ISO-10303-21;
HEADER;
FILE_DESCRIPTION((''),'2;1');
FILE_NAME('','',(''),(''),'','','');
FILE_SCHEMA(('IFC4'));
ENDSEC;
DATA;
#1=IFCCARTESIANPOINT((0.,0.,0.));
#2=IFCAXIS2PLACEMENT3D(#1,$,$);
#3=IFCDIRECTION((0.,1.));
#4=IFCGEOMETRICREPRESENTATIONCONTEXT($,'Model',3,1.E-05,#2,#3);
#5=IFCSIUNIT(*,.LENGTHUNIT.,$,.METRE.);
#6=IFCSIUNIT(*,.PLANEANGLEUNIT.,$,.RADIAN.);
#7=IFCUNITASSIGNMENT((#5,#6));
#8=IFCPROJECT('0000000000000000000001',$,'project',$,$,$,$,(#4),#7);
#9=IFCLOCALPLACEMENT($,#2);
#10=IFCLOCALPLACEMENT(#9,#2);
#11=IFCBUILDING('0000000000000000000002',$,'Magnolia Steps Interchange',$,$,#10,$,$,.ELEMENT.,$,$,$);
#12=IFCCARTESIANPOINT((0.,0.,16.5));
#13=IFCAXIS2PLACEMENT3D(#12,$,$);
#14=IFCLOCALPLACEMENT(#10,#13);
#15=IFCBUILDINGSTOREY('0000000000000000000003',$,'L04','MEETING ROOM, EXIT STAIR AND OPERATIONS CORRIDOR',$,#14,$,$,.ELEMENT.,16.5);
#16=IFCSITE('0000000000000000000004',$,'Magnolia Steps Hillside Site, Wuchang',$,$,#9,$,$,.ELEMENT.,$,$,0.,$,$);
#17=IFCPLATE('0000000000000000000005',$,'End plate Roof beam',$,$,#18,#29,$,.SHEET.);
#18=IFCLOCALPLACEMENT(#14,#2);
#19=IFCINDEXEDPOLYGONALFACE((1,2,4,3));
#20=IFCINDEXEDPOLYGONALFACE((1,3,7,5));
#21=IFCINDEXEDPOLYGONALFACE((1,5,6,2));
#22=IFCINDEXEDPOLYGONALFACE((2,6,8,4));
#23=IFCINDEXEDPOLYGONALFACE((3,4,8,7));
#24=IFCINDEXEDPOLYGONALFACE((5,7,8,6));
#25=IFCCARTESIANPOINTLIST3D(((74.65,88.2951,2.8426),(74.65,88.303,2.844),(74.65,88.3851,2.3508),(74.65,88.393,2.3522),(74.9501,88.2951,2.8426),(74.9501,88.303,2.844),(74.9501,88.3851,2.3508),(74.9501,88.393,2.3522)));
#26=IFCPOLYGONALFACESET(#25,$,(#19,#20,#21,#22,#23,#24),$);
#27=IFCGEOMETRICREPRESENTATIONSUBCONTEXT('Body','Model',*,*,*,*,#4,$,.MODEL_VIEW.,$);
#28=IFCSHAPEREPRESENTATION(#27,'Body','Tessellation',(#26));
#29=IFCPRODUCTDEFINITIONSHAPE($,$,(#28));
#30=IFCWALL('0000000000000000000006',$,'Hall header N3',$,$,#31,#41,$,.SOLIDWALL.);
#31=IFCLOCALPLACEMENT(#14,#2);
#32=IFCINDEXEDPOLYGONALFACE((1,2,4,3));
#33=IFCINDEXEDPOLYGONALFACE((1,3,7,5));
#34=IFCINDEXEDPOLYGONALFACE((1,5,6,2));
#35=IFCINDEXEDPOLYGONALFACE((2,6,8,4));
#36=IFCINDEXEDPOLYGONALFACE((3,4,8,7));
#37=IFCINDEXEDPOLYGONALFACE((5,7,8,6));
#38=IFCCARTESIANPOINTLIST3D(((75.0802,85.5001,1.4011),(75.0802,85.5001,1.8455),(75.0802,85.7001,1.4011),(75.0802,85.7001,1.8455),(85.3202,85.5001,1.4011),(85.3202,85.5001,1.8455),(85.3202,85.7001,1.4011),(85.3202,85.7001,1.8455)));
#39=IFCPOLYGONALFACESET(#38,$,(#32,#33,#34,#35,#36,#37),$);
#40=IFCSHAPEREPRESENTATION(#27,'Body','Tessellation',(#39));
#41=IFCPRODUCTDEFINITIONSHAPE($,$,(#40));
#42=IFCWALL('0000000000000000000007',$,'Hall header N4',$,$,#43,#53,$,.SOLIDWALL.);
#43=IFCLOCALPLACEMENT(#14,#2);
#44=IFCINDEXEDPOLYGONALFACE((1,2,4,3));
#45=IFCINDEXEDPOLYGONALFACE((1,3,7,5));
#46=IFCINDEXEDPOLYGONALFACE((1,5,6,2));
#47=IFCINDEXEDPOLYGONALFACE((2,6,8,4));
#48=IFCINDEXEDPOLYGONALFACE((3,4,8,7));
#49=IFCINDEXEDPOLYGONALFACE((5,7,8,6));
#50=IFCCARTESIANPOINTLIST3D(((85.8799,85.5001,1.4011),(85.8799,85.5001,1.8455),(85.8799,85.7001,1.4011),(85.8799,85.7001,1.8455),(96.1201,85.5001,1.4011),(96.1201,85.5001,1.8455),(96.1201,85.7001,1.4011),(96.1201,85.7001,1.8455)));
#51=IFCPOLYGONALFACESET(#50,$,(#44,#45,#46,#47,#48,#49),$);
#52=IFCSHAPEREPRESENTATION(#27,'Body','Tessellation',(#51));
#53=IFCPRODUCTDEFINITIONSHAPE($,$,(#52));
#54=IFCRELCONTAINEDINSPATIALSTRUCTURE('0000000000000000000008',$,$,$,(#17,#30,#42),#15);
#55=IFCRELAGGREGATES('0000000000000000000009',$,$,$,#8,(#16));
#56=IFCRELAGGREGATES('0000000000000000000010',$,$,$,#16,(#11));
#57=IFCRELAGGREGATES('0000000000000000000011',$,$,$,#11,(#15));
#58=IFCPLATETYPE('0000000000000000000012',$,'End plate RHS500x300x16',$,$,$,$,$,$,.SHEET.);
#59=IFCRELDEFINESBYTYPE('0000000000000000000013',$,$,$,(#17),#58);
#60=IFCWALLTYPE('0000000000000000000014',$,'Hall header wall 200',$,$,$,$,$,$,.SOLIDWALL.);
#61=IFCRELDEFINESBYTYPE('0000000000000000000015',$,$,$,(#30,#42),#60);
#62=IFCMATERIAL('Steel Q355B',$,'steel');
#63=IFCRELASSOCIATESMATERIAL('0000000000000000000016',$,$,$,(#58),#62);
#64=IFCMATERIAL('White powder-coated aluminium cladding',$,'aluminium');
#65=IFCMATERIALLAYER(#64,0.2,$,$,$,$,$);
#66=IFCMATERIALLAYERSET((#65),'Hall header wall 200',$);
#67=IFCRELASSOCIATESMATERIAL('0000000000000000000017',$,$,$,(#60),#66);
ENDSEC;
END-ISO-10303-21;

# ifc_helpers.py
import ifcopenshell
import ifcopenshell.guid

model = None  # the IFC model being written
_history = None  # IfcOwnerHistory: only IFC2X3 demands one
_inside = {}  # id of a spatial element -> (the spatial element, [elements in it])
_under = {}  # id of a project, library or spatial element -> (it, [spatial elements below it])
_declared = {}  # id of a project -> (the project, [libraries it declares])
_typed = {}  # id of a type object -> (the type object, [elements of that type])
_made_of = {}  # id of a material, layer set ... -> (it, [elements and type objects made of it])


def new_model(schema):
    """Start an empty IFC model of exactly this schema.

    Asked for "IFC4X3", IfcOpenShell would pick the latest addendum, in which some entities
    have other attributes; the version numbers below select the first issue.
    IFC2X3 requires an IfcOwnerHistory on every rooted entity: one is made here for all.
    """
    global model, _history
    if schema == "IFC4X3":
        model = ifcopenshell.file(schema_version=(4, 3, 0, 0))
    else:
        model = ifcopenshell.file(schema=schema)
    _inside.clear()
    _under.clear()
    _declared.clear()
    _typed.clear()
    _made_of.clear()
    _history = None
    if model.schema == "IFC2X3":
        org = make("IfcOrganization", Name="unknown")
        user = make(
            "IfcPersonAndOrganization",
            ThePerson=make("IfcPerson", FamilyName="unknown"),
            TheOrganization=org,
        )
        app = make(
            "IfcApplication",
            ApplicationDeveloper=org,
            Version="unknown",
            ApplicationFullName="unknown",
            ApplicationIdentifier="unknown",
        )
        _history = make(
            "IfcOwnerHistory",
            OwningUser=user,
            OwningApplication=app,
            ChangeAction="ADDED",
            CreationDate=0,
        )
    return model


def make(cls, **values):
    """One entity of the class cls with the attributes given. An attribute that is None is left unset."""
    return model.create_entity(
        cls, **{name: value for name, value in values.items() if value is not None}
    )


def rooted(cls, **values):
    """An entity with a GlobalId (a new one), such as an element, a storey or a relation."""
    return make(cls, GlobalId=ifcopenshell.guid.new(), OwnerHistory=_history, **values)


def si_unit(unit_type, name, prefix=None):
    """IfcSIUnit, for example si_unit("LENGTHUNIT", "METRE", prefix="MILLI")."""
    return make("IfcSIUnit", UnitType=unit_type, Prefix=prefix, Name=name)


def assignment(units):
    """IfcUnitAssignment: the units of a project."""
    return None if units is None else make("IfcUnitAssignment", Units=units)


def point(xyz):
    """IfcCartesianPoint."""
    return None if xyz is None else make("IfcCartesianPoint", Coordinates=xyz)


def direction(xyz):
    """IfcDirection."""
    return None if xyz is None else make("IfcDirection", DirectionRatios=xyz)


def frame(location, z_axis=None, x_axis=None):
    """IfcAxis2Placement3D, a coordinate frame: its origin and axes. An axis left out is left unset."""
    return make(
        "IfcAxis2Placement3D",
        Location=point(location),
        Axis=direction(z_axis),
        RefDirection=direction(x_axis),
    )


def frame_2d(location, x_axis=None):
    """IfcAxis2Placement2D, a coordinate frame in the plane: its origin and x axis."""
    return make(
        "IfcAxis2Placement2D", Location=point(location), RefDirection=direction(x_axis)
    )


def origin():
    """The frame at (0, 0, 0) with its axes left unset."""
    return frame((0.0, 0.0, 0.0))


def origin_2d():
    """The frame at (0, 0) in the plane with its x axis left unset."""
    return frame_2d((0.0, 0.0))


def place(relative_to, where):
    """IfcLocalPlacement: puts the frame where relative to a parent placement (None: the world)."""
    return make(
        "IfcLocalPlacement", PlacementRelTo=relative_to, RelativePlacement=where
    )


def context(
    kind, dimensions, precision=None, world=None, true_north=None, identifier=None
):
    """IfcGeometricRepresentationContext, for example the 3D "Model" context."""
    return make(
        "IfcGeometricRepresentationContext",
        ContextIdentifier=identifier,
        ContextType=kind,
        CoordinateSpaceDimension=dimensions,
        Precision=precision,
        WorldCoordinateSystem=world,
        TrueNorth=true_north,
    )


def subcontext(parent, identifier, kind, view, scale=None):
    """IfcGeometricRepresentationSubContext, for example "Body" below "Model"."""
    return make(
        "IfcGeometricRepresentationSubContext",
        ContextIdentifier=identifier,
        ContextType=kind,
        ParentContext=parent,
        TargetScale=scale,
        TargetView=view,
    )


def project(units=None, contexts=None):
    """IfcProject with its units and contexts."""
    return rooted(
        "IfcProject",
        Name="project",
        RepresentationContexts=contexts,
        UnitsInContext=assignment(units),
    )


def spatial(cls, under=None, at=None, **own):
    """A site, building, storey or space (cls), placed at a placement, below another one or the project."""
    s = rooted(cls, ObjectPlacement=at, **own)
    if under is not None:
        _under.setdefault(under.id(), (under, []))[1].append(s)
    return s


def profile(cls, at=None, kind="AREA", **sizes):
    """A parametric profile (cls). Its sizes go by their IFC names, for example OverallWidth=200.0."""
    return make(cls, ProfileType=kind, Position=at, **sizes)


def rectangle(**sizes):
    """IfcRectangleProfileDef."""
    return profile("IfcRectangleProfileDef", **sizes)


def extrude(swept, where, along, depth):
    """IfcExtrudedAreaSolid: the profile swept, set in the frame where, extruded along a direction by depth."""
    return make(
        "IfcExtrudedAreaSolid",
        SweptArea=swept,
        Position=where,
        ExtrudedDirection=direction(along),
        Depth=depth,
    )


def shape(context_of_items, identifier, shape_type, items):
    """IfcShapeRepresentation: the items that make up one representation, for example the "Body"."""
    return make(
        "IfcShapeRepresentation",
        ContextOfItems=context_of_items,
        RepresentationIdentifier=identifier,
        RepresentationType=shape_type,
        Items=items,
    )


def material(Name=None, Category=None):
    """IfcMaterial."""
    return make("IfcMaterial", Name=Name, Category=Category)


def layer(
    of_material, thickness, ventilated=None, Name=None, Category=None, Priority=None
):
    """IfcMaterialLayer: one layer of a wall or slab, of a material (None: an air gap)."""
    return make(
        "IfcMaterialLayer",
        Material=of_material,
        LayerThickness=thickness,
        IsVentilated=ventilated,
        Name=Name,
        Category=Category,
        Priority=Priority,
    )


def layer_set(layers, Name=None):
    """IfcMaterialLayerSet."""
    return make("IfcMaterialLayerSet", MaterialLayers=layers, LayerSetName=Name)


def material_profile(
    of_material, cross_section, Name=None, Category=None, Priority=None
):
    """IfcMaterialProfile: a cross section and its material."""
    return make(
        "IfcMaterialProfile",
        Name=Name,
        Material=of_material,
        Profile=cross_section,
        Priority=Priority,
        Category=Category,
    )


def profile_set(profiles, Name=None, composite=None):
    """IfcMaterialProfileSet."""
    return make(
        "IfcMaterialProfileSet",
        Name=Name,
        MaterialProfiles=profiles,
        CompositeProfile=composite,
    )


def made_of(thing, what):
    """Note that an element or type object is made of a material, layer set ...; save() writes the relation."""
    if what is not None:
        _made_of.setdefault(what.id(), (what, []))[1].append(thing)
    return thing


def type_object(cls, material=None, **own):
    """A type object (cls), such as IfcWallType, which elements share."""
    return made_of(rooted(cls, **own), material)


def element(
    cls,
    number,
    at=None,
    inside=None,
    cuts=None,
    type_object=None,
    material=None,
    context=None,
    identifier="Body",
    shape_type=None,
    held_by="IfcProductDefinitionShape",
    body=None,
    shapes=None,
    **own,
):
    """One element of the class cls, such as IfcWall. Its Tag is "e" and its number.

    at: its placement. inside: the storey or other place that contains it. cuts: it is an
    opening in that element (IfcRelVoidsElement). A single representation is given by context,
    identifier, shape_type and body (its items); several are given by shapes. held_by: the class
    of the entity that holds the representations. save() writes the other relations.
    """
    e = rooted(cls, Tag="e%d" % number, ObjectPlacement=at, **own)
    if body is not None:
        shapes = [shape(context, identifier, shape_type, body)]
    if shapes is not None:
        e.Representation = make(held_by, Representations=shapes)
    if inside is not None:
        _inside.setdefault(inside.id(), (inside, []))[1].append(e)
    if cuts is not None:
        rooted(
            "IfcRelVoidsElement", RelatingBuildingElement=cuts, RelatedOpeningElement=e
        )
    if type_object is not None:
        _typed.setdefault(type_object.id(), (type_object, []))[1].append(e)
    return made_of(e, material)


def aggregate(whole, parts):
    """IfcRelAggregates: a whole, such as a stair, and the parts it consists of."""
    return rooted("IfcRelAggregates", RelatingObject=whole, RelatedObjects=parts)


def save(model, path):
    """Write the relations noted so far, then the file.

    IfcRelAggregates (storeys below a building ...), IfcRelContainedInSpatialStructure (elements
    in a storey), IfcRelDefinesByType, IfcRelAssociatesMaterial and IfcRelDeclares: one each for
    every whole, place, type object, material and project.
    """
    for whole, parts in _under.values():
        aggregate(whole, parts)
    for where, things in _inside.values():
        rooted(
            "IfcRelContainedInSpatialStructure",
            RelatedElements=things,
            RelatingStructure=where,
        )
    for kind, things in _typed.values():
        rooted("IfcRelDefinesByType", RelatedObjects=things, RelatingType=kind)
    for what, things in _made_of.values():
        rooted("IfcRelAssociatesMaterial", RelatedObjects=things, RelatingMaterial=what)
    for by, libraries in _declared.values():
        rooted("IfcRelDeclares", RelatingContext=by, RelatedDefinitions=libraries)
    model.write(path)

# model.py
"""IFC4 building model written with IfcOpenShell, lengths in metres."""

from ifc_helpers import new_model, si_unit, direction, frame, frame_2d, origin, origin_2d, place, context, subcontext, project, spatial, rectangle, extrude, material, layer, layer_set, material_profile, profile_set, type_object, element, save


model = new_model("IFC4")

# Units and contexts
model_context = context("Model", 3, precision=1e-05, world=origin(), true_north=direction((0.0, 1.0)))
body_context = subcontext(model_context, "Body", "Model", "MODEL_VIEW")
ifc_project = project(units=[si_unit("LENGTHUNIT", "METRE"), si_unit("PLANEANGLEUNIT", "RADIAN")], contexts=[model_context])

# Site, building, storey
site_placement = place(None, origin())
site = spatial("IfcSite", under=ifc_project, at=site_placement, Name="Magnolia Steps Hillside Site, Wuchang", CompositionType="ELEMENT", RefElevation=0.0)
building_placement = place(site_placement, origin())
building = spatial("IfcBuilding", under=site, at=building_placement, Name="Magnolia Steps Interchange", CompositionType="ELEMENT")
storey_placement = place(building_placement, frame((0.0, 0.0, 16.5)))
storey = spatial("IfcBuildingStorey", under=building, at=storey_placement, Name="L04", Description="MEETING ROOM, EXIT STAIR AND OPERATIONS CORRIDOR", CompositionType="ELEMENT", Elevation=16.5)

# Plate
ifc_material_1 = material(Name="Steel Q355B", Category="steel")
ifc_material_profile_1 = material_profile(ifc_material_1, rectangle(XDim=0.3, YDim=0.5, at=origin_2d()), Name="End plate RHS500x300x16")
ifc_profile_set_1 = profile_set([ifc_material_profile_1], Name="Steel Q355B")
plate_type_1 = type_object("IfcPlateType", Name="End plate RHS500x300x16", PredefinedType="SHEET", material=ifc_profile_set_1)
plate_placement = place(storey_placement, frame((74.8, 88.3401, 2.5967), z_axis=(0.0, 0.983683, 0.179911), x_axis=(-1.0, 0.0, 0.0)))
element("IfcPlate", 1, at=plate_placement, inside=storey, type_object=plate_type_1, Name="End plate Roof beam", PredefinedType="SHEET", context=body_context, shape_type="SweptSolid", body=[
    extrude(rectangle(XDim=0.3, YDim=0.5, at=origin_2d()), origin(), (0.0, 0.0, 1.0), 0.0081),
])

# Walls
ifc_material_2 = material(Name="White powder-coated aluminium cladding", Category="aluminium")
ifc_layer = layer(ifc_material_2, 0.2)
ifc_layer_set = layer_set([ifc_layer], Name="Hall header wall 200")
wall_type = type_object("IfcWallType", Name="Hall header wall 200", PredefinedType="SOLIDWALL", material=ifc_layer_set)
wall_1_placement = place(storey_placement, frame((75.0801, 85.6001, 1.4011), z_axis=(0.0, 0.0, 1.0), x_axis=(1.0, 0.0, 0.0)))
element("IfcWall", 2, at=wall_1_placement, inside=storey, type_object=wall_type, Name="Hall header N3", PredefinedType="SOLIDWALL", context=body_context, shape_type="SweptSolid", body=[
    extrude(rectangle(XDim=10.24, YDim=0.2, at=frame_2d((5.1201, 0.0))), origin(), (0.0, 0.0, 1.0), 0.4443),
])
wall_2_placement = place(storey_placement, frame((85.8799, 85.6001, 1.4011), z_axis=(0.0, 0.0, 1.0), x_axis=(1.0, 0.0, 0.0)))
element("IfcWall", 3, at=wall_2_placement, inside=storey, type_object=wall_type, Name="Hall header N4", PredefinedType="SOLIDWALL", context=body_context, shape_type="SweptSolid", body=[
    extrude(rectangle(XDim=10.2402, YDim=0.2, at=frame_2d((5.1201, 0.0))), origin(), (0.0, 0.0, 1.0), 0.4443),
])

save(model, "model.ifc")
